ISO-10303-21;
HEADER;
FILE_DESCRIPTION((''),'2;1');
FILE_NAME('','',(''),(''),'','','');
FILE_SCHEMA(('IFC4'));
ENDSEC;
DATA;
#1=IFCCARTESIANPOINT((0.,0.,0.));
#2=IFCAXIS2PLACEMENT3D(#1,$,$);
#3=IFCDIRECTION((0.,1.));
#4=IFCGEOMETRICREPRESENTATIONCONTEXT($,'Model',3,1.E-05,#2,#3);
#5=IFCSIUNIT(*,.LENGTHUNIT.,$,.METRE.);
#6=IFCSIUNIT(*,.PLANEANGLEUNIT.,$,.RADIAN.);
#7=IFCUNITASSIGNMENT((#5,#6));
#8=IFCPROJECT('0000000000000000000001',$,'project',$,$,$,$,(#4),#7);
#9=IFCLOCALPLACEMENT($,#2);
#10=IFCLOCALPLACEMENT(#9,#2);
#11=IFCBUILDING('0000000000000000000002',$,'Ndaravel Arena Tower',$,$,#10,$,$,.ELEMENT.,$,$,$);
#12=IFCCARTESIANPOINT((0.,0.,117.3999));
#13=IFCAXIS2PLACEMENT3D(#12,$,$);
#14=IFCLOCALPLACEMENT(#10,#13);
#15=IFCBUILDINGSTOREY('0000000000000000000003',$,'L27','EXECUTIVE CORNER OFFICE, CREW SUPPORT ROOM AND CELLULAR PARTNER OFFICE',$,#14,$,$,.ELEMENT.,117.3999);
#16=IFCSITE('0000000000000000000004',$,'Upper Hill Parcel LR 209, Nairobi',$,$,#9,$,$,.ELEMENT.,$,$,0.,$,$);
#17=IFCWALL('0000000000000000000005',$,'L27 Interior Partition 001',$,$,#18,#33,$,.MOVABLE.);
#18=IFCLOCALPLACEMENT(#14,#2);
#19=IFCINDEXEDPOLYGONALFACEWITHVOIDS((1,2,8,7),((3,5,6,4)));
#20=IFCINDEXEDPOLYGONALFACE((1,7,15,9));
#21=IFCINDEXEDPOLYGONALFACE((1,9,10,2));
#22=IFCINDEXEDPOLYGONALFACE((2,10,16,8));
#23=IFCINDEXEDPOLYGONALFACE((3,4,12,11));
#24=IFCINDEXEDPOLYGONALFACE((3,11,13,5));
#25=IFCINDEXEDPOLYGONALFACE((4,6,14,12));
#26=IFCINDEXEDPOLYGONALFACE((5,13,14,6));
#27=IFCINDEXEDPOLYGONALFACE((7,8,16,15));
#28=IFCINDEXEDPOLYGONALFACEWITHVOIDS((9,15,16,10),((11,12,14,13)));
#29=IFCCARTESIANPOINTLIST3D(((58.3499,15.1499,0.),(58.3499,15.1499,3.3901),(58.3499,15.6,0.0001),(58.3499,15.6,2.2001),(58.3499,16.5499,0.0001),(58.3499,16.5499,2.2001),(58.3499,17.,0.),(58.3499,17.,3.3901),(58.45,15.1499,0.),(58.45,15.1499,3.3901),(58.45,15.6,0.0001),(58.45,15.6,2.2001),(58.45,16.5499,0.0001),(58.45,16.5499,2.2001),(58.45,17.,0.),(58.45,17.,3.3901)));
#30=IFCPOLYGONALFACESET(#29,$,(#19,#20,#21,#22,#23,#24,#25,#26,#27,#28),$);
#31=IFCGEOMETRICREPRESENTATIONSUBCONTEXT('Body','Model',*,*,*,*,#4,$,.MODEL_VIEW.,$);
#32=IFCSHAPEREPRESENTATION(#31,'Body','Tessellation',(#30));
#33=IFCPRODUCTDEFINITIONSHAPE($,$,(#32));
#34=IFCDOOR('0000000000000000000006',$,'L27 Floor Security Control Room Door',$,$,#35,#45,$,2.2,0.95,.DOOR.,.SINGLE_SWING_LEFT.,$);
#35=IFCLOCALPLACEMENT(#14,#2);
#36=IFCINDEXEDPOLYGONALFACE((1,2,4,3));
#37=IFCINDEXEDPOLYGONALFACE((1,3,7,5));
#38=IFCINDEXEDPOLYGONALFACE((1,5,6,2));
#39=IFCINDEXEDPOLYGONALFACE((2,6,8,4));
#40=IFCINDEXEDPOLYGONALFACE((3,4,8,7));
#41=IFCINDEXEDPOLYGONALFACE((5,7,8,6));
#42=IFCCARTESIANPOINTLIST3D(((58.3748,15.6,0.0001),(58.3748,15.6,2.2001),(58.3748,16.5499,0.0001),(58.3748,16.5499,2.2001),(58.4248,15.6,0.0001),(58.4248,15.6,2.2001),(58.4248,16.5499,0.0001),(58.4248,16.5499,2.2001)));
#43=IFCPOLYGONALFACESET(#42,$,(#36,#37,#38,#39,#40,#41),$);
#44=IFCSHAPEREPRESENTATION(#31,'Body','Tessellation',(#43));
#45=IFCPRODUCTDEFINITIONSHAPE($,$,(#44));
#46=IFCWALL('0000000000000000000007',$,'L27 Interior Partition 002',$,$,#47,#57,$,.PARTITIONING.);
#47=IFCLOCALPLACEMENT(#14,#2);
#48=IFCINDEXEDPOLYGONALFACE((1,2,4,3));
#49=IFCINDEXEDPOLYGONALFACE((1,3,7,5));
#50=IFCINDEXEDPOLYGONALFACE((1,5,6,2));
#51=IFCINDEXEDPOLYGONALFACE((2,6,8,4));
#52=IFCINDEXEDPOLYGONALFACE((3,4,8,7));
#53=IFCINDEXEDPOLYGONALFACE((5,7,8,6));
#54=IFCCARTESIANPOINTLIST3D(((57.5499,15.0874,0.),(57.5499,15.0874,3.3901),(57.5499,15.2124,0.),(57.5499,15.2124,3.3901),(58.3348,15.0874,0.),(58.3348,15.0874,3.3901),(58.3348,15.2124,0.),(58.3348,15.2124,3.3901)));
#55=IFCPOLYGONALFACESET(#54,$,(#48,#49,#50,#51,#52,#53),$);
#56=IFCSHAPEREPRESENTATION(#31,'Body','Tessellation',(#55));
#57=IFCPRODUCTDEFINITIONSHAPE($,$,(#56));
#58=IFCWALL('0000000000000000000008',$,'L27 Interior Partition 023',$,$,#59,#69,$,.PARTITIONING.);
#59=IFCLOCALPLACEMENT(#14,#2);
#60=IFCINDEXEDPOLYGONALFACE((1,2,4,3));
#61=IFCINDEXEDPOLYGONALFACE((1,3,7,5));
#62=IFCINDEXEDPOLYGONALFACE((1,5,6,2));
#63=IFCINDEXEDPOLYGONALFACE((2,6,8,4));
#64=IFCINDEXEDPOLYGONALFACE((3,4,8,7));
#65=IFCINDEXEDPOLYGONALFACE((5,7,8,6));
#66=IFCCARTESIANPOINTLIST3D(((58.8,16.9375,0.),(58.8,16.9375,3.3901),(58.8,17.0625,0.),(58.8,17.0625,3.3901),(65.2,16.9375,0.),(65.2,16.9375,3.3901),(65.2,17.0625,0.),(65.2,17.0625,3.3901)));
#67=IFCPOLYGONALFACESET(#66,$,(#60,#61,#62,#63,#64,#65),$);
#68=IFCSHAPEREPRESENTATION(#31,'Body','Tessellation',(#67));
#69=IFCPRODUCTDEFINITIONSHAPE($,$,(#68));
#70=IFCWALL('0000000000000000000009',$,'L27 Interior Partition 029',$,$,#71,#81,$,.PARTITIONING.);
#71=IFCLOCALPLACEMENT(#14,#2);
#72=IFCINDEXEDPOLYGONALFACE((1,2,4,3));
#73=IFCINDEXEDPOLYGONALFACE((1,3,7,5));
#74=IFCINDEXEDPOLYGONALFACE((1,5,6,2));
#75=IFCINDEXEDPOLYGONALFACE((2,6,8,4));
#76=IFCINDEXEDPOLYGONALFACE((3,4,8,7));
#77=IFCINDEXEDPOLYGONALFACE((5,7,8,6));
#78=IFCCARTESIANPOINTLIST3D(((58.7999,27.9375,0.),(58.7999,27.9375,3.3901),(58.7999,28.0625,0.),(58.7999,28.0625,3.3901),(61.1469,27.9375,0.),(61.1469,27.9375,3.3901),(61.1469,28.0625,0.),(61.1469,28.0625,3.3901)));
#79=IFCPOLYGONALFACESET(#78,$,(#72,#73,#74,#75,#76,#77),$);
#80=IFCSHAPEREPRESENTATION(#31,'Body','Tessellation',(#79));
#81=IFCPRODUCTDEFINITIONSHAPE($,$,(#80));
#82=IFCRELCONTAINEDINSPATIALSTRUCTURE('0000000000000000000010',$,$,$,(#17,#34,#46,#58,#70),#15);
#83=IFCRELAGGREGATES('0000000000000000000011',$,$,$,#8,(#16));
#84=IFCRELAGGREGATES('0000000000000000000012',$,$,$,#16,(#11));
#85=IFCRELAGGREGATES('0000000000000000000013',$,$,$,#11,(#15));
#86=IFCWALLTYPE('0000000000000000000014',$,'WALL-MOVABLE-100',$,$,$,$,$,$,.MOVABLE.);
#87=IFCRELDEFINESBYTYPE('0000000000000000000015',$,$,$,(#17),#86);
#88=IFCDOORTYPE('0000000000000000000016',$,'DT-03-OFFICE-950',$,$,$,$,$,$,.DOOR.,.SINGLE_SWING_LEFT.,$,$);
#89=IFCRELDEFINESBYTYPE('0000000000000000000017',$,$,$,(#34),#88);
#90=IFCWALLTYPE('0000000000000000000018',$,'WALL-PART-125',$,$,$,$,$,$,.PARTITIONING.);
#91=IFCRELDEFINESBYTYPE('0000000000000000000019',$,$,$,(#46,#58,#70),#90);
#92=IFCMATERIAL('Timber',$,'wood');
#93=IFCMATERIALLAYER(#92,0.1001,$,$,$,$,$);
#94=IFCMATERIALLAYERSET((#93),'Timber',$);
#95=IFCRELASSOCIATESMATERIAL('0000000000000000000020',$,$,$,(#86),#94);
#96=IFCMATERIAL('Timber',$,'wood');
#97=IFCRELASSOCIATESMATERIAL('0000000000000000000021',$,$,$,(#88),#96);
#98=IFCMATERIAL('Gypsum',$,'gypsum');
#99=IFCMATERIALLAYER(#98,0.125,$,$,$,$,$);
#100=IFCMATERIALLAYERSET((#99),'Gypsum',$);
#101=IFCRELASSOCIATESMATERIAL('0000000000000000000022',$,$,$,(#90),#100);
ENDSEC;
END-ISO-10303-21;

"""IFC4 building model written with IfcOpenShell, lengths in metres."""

from ifc_helpers import new_model, si_unit, direction, frame, frame_2d, origin, place, context, subcontext, project, spatial, rectangle, extrude, material, layer, layer_set, type_object, element, fill, save


model = new_model("IFC4")

# Units and contexts
model_context = context("Model", 3, precision=1e-05, world=origin(), true_north=direction((0.0, 1.0)))
body_context = subcontext(model_context, "Body", "Model", "MODEL_VIEW")
ifc_project = project(units=[si_unit("LENGTHUNIT", "METRE"), si_unit("PLANEANGLEUNIT", "RADIAN")], contexts=[model_context])

# Site, building, storey
site_placement = place(None, origin())
site = spatial("IfcSite", under=ifc_project, at=site_placement, Name="Upper Hill Parcel LR 209, Nairobi", CompositionType="ELEMENT", RefElevation=0.0)
building_placement = place(site_placement, origin())
building = spatial("IfcBuilding", under=site, at=building_placement, Name="Ndaravel Arena Tower", CompositionType="ELEMENT")
storey_placement = place(building_placement, frame((0.0, 0.0, 117.3999)))
storey = spatial("IfcBuildingStorey", under=building, at=storey_placement, Name="L27", Description="EXECUTIVE CORNER OFFICE, CREW SUPPORT ROOM AND CELLULAR PARTNER OFFICE", CompositionType="ELEMENT", Elevation=117.3999)

# Wall, opening, door
ifc_material_1 = material(Name="Timber", Category="wood")
ifc_layer_1 = layer(ifc_material_1, 0.1001)
ifc_layer_set_1 = layer_set([ifc_layer_1], Name="Timber")
wall_type_1 = type_object("IfcWallType", Name="WALL-MOVABLE-100", PredefinedType="MOVABLE", material=ifc_layer_set_1)
wall_1_placement = place(storey_placement, frame((58.3999, 17.0, 0.0), z_axis=(0.0, 0.0, 1.0), x_axis=(0.0, -1.0, 0.0)))
wall_1 = element("IfcWall", 1, at=wall_1_placement, inside=storey, type_object=wall_type_1, Name="L27 Interior Partition 001", PredefinedType="MOVABLE", context=body_context, shape_type="SweptSolid", body=[
    extrude(rectangle(XDim=1.8501, YDim=0.1001, at=frame_2d((0.925, 0.0))), origin(), (0.0, 0.0, 1.0), 3.3901),
])
opening_placement = place(wall_1_placement, frame((0.45, 0.0, 0.0)))
opening = element("IfcOpeningElement", 2, at=opening_placement, cuts=wall_1, PredefinedType="OPENING", context=body_context, shape_type="SweptSolid", body=[
    extrude(rectangle(XDim=0.95, YDim=2.2, at=frame_2d((0.4751, 1.1001))), frame((0.0, 0.05, 0.0), z_axis=(0.0, -1.0, 0.0), x_axis=(1.0, 0.0, 0.0)), (0.0, 0.0, 1.0), 0.1001),
])
ifc_material_2 = material(Name="Timber", Category="wood")
door_type = type_object("IfcDoorType", Name="DT-03-OFFICE-950", OperationType="SINGLE_SWING_LEFT", PredefinedType="DOOR", material=ifc_material_2)
door_placement = place(opening_placement, origin())
door = element("IfcDoor", 3, at=door_placement, inside=storey, type_object=door_type, Name="L27 Floor Security Control Room Door", OperationType="SINGLE_SWING_LEFT", OverallHeight=2.2, OverallWidth=0.95, PredefinedType="DOOR", context=body_context, shape_type="SweptSolid", body=[
    extrude(rectangle(XDim=0.95, YDim=2.2, at=frame_2d((0.4751, 1.1001))), frame((0.0, 0.0249, 0.0), z_axis=(0.0, -1.0, 0.0), x_axis=(1.0, 0.0, 0.0)), (0.0, 0.0, 1.0), 0.05),
])
fill(opening, door)

# Walls
ifc_material_3 = material(Name="Gypsum", Category="gypsum")
ifc_layer_2 = layer(ifc_material_3, 0.125)
ifc_layer_set_2 = layer_set([ifc_layer_2], Name="Gypsum")
wall_type_2 = type_object("IfcWallType", Name="WALL-PART-125", PredefinedType="PARTITIONING", material=ifc_layer_set_2)
wall_2_placement = place(storey_placement, frame((58.335, 15.1499, 0.0), z_axis=(0.0, 0.0, 1.0), x_axis=(-1.0, 0.0, 0.0)))
element("IfcWall", 4, at=wall_2_placement, inside=storey, type_object=wall_type_2, Name="L27 Interior Partition 002", PredefinedType="PARTITIONING", context=body_context, shape_type="SweptSolid", body=[
    extrude(rectangle(XDim=0.7849, YDim=0.125, at=frame_2d((0.3926, 0.0))), origin(), (0.0, 0.0, 1.0), 3.3901),
])
wall_3_placement = place(storey_placement, frame((58.8, 17.0, 0.0), z_axis=(0.0, 0.0, 1.0), x_axis=(1.0, 0.0, 0.0)))
element("IfcWall", 5, at=wall_3_placement, inside=storey, type_object=wall_type_2, Name="L27 Interior Partition 023", PredefinedType="PARTITIONING", context=body_context, shape_type="SweptSolid", body=[
    extrude(rectangle(XDim=6.3999, YDim=0.125, at=frame_2d((3.2, 0.0))), origin(), (0.0, 0.0, 1.0), 3.3901),
])
wall_4_placement = place(storey_placement, frame((58.8, 28.0, 0.0), z_axis=(0.0, 0.0, 1.0), x_axis=(1.0, 0.0, 0.0)))
element("IfcWall", 6, at=wall_4_placement, inside=storey, type_object=wall_type_2, Name="L27 Interior Partition 029", PredefinedType="PARTITIONING", context=body_context, shape_type="SweptSolid", body=[
    extrude(rectangle(XDim=2.3469, YDim=0.125, at=frame_2d((1.1733, 0.0))), origin(), (0.0, 0.0, 1.0), 3.3901),
])

save(model, "model.ifc")
